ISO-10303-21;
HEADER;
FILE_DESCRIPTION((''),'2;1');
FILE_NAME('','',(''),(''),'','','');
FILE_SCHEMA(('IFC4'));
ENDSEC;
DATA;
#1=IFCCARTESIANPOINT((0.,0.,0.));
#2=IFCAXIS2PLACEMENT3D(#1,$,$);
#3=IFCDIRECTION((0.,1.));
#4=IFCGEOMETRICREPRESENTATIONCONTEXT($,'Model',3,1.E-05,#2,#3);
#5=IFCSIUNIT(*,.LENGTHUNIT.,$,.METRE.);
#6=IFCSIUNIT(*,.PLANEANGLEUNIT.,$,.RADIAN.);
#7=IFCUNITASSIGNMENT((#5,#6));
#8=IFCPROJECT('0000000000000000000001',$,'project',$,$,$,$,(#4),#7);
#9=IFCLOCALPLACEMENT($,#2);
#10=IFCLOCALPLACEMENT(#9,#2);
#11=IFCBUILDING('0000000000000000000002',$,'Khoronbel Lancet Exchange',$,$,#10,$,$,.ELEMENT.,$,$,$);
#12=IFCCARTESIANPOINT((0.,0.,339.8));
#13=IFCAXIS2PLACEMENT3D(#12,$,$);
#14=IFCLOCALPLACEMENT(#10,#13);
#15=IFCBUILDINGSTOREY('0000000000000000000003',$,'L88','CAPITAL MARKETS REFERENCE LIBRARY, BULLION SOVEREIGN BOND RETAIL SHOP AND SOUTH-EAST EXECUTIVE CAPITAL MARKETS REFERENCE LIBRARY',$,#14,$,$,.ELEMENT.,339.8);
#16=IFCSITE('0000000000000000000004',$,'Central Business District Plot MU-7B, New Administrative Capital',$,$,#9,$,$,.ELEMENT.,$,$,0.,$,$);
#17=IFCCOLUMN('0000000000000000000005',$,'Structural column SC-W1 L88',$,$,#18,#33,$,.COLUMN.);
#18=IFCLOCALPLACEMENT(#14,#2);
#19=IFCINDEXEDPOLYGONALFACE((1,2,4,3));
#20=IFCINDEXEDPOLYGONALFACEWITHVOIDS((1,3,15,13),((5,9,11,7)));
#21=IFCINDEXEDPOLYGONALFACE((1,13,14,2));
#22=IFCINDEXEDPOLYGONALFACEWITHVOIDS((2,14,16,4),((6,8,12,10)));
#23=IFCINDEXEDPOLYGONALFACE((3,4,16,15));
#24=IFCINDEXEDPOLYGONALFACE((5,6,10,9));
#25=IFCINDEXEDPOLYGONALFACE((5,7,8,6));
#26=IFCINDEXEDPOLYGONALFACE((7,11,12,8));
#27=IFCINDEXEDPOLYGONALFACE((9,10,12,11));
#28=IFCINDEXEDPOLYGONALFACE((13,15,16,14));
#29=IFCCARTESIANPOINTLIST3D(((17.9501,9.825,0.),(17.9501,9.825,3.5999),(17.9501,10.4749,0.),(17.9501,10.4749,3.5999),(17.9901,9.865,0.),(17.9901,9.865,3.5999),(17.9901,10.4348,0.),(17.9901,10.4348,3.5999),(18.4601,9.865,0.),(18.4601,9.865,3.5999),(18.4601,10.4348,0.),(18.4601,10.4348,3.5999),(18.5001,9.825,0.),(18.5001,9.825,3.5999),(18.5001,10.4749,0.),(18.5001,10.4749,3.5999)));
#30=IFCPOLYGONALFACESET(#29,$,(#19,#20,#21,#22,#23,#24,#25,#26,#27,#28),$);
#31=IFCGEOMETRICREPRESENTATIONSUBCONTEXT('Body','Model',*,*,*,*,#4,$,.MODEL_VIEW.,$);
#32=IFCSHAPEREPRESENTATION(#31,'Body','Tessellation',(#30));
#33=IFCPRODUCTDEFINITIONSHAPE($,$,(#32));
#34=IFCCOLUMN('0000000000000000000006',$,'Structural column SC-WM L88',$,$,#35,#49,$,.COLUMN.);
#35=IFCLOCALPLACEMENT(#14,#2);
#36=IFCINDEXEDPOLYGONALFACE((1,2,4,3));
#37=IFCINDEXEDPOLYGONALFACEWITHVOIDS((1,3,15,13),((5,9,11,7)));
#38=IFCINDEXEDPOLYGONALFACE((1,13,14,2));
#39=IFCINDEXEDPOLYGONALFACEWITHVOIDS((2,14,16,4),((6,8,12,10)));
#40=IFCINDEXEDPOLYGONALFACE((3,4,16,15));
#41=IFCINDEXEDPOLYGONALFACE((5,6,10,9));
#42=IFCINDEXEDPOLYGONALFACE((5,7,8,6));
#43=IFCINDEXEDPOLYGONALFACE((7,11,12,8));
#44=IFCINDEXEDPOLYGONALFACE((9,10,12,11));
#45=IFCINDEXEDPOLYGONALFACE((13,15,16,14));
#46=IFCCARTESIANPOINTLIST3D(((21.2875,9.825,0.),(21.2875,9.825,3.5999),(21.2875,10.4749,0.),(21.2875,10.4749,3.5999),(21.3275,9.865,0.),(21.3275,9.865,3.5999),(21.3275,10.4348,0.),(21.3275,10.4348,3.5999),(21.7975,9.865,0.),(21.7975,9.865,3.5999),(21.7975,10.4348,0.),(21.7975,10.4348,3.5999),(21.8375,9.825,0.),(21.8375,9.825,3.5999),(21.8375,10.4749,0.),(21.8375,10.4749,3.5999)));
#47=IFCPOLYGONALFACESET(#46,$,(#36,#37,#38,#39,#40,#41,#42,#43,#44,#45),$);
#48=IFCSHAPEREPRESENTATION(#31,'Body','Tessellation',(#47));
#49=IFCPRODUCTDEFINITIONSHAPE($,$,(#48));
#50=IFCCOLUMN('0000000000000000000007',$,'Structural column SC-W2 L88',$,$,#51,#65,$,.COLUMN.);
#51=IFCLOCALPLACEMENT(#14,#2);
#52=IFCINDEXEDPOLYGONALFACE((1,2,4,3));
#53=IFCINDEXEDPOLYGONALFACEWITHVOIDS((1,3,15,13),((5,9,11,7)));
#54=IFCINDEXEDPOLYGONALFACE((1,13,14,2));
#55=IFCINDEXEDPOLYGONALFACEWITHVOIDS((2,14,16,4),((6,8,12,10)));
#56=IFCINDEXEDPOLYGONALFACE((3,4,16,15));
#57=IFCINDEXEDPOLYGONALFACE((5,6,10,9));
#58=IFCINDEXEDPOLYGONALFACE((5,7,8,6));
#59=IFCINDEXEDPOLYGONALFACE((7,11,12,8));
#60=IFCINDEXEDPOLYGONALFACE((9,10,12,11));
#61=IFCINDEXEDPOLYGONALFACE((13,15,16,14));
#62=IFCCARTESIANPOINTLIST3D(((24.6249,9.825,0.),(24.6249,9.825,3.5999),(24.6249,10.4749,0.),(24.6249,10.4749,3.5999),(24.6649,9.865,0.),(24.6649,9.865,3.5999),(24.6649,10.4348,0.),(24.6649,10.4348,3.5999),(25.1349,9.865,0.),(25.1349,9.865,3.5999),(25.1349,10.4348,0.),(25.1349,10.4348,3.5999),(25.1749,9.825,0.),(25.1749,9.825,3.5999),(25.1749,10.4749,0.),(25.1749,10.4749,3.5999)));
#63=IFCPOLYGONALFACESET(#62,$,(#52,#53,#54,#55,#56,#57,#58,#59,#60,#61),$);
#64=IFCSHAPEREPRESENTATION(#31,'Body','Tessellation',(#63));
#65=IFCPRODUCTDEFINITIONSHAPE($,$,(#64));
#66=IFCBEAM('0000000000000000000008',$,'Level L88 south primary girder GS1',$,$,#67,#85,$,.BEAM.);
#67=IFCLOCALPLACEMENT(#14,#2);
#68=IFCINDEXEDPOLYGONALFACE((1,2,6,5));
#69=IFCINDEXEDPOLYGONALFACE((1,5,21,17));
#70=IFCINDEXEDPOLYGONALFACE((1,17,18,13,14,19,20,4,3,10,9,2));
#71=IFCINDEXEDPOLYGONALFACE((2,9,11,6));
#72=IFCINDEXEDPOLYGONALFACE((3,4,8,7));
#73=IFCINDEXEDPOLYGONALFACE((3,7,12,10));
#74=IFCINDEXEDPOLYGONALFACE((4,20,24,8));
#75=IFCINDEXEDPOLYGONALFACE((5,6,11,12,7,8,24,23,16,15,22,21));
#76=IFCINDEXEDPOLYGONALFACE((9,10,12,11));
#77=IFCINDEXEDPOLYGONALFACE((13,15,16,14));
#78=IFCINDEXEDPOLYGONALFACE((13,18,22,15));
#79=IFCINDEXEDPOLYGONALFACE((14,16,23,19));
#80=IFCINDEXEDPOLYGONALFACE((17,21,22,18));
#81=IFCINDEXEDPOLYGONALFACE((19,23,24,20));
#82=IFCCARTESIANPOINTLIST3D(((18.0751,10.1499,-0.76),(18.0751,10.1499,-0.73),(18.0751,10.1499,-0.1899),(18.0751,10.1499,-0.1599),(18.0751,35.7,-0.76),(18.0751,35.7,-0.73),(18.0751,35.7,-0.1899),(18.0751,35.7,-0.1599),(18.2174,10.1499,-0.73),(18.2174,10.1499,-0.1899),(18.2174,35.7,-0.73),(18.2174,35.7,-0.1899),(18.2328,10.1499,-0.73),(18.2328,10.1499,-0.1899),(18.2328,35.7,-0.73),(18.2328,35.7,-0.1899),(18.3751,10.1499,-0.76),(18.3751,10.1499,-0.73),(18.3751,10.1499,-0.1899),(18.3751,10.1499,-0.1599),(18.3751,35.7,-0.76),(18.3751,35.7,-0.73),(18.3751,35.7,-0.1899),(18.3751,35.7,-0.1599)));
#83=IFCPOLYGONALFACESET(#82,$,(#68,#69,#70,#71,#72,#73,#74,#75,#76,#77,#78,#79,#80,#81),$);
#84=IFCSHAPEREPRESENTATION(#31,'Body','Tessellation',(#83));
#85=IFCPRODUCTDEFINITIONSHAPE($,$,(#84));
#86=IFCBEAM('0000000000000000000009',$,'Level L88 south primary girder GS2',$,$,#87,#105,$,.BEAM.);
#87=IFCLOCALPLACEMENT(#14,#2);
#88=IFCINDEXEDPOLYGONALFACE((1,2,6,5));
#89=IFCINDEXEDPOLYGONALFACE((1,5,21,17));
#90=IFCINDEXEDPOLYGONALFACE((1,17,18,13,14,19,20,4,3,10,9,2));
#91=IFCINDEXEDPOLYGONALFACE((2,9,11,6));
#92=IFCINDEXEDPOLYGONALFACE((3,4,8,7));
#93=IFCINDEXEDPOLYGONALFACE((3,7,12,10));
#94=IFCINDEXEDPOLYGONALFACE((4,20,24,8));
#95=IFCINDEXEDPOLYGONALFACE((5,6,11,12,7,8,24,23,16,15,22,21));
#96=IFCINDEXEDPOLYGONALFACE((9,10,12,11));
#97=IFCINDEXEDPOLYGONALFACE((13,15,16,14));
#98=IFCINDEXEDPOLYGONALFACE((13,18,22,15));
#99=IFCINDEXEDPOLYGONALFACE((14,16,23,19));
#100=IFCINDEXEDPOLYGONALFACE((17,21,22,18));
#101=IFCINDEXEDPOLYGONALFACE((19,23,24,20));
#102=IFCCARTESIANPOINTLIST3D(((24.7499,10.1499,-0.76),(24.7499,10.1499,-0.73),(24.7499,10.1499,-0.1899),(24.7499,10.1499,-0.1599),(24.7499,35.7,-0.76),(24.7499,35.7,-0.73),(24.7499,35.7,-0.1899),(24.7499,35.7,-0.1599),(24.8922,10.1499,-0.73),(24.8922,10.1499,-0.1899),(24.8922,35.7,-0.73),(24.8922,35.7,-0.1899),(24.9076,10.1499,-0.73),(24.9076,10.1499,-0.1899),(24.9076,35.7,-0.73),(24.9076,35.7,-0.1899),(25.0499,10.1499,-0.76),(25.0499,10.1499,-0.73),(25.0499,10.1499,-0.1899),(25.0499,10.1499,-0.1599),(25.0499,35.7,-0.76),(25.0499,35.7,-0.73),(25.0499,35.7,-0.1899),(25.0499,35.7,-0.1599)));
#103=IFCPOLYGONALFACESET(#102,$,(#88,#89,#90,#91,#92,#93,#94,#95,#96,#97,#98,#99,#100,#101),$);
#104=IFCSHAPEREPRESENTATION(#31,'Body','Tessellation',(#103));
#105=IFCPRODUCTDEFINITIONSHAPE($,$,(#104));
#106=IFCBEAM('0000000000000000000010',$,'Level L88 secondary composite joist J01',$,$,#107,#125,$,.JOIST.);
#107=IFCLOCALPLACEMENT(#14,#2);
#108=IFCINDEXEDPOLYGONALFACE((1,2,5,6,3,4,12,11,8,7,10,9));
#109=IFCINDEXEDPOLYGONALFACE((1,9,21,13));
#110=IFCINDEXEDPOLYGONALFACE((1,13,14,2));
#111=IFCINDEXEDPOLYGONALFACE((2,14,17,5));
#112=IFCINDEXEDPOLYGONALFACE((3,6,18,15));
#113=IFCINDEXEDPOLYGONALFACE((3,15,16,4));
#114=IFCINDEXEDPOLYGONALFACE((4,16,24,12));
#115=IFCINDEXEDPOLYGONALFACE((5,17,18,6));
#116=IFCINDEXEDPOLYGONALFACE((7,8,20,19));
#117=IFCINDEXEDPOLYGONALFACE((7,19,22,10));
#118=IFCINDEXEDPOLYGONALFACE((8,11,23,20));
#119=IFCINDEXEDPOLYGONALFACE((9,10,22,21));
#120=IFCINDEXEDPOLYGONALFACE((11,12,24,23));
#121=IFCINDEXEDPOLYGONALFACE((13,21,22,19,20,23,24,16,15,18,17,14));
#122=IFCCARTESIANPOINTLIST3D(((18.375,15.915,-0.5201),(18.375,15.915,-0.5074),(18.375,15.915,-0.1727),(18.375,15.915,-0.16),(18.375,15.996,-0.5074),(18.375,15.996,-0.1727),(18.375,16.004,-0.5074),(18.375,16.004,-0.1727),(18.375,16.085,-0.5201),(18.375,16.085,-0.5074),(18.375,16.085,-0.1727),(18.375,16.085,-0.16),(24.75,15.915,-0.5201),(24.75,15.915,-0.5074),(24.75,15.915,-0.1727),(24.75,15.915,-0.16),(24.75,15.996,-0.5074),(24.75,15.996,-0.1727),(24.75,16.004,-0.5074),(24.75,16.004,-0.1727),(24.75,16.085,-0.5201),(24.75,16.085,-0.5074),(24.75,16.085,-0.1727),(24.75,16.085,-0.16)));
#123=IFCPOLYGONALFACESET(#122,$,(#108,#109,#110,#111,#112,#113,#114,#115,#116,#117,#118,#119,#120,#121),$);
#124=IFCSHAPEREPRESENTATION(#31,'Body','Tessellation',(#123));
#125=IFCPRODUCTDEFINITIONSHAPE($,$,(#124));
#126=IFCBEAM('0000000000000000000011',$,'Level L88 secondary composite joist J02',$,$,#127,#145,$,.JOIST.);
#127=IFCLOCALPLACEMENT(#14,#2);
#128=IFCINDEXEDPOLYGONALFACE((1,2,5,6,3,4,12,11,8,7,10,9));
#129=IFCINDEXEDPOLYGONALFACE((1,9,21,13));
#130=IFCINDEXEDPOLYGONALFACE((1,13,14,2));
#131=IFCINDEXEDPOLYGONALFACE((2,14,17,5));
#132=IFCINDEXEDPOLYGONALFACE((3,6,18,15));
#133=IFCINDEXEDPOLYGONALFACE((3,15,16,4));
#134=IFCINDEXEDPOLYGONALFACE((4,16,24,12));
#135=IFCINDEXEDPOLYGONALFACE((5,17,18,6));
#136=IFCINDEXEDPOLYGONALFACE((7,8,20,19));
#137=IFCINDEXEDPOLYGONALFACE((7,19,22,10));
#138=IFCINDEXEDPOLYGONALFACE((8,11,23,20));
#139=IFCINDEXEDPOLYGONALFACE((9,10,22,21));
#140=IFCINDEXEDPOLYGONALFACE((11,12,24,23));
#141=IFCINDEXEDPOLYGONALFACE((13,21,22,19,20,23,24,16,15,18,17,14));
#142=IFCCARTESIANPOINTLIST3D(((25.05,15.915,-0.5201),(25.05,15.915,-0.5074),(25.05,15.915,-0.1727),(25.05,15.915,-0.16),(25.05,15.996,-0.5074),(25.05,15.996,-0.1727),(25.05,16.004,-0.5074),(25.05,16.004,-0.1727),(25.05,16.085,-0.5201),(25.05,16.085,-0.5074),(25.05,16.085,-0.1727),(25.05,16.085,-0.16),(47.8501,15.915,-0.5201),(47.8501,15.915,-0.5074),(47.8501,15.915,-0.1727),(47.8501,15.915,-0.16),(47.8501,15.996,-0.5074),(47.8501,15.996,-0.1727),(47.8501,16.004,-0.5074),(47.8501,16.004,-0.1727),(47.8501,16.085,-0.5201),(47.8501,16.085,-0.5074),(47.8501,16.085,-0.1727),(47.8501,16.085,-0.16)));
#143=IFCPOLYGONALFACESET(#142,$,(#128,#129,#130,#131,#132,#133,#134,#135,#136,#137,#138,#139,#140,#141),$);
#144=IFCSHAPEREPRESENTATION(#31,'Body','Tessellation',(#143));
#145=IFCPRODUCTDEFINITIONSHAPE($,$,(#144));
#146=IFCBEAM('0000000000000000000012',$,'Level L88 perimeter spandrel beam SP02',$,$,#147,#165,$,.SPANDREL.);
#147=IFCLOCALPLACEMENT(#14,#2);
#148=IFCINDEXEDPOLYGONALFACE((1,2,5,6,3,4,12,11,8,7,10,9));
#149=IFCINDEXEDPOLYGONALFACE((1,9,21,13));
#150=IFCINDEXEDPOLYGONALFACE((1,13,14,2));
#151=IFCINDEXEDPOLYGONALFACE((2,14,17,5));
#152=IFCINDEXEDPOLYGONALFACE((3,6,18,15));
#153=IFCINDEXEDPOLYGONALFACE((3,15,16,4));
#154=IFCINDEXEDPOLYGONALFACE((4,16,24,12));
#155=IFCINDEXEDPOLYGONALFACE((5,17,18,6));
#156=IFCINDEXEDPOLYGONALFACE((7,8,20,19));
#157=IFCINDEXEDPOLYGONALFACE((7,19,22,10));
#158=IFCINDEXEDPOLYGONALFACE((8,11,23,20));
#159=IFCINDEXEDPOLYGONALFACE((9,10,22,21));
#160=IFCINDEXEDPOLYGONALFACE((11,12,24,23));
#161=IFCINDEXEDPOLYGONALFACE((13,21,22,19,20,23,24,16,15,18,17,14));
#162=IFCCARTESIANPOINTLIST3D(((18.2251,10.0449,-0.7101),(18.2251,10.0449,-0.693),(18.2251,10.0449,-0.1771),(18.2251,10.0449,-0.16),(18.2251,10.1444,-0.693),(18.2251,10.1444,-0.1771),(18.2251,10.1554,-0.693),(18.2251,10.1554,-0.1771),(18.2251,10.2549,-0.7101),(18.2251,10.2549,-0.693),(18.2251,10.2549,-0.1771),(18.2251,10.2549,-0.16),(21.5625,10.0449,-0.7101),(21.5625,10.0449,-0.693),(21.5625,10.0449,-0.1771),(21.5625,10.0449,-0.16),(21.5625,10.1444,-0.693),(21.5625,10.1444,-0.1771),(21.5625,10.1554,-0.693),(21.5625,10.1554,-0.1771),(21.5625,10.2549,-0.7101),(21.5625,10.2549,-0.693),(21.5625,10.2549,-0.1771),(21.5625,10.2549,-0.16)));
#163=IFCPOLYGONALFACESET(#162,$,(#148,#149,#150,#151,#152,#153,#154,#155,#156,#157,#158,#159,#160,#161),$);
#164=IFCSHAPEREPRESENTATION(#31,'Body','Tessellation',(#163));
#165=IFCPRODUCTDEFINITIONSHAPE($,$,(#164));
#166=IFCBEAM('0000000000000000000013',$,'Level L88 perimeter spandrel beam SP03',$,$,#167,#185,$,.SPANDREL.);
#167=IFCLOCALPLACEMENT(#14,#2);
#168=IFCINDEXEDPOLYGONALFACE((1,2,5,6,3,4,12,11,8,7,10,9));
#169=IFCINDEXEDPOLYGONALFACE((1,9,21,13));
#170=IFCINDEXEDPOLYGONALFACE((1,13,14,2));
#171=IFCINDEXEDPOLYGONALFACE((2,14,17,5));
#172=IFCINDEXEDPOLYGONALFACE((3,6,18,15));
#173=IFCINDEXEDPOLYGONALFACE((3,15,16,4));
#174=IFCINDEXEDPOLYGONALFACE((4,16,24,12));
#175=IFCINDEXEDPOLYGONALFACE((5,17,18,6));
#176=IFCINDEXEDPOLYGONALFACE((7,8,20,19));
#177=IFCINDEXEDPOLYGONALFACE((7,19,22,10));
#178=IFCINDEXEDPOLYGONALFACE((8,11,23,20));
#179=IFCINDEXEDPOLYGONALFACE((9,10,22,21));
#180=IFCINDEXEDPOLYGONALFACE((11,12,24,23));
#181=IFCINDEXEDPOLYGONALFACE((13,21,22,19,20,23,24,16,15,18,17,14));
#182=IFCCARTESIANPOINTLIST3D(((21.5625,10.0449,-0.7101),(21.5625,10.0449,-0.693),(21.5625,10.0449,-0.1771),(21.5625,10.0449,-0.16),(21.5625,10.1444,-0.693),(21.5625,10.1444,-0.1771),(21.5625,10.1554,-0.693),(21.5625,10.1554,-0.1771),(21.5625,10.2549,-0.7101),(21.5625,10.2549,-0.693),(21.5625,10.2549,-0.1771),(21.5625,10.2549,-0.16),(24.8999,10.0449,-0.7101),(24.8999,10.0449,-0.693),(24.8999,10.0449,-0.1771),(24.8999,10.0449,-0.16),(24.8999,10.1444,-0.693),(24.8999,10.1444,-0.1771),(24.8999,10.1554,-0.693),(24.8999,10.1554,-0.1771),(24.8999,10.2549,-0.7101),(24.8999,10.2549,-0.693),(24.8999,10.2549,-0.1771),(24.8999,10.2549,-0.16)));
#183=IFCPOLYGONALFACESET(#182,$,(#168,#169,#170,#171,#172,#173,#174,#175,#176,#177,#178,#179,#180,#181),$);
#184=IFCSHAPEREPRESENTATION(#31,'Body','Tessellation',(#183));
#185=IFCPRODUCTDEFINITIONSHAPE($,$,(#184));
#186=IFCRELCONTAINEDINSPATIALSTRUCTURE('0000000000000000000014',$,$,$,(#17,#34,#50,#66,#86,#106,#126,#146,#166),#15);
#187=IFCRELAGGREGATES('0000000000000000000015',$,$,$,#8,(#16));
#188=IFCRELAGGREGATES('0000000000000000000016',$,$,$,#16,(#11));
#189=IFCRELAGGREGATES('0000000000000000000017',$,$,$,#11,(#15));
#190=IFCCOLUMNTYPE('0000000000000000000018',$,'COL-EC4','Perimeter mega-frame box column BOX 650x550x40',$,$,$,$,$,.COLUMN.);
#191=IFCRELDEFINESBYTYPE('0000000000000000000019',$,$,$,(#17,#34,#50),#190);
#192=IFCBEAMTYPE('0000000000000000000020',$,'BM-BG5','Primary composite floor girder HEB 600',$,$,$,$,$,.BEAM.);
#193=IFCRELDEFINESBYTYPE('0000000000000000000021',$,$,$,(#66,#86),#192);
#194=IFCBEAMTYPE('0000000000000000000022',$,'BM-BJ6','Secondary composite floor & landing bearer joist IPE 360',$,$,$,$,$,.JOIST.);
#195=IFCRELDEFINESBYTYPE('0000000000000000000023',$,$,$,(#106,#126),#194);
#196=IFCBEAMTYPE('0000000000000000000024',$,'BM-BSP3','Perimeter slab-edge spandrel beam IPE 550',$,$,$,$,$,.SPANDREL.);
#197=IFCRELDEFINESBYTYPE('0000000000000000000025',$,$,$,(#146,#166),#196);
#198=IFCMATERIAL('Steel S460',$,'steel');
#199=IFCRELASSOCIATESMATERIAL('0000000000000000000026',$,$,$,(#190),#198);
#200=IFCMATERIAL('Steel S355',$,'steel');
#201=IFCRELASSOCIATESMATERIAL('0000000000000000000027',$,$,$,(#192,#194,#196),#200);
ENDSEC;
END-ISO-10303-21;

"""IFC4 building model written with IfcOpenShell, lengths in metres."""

from ifc_helpers import new_model, si_unit, direction, frame, origin, origin_2d, place, context, subcontext, project, spatial, hollow_rectangle, i_section, extrude, material, material_profile, profile_set, type_object, element, save


model = new_model("IFC4")

# Units and contexts
model_context = context("Model", 3, precision=1e-05, world=origin(), true_north=direction((0.0, 1.0)))
body_context = subcontext(model_context, "Body", "Model", "MODEL_VIEW")
ifc_project = project(units=[si_unit("LENGTHUNIT", "METRE"), si_unit("PLANEANGLEUNIT", "RADIAN")], contexts=[model_context])

# Site, building, storey
site_placement = place(None, origin())
site = spatial("IfcSite", under=ifc_project, at=site_placement, Name="Central Business District Plot MU-7B, New Administrative Capital", CompositionType="ELEMENT", RefElevation=0.0)
building_placement = place(site_placement, origin())
building = spatial("IfcBuilding", under=site, at=building_placement, Name="Khoronbel Lancet Exchange", CompositionType="ELEMENT")
storey_placement = place(building_placement, frame((0.0, 0.0, 339.8)))
storey = spatial("IfcBuildingStorey", under=building, at=storey_placement, Name="L88", Description="CAPITAL MARKETS REFERENCE LIBRARY, BULLION SOVEREIGN BOND RETAIL SHOP AND SOUTH-EAST EXECUTIVE CAPITAL MARKETS REFERENCE LIBRARY", CompositionType="ELEMENT", Elevation=339.8)

# Columns
ifc_material_1 = material(Name="Steel S460", Category="steel")
ifc_material_profile_1 = material_profile(ifc_material_1, hollow_rectangle(XDim=0.55, YDim=0.6499, WallThickness=0.04, at=origin_2d()), Name="BOX 650x550x40")
ifc_profile_set_1 = profile_set([ifc_material_profile_1], Name="Steel S460")
column_type = type_object("IfcColumnType", Name="COL-EC4", Description="Perimeter mega-frame box column BOX 650x550x40", PredefinedType="COLUMN", material=ifc_profile_set_1)
for number, where, z_axis, x_axis, name in (
    (1, (18.2251, 10.1499, 0.0), (0.0, 0.0, 1.0), (1.0, 0.0, 0.0), "Structural column SC-W1 L88"),
    (2, (21.5625, 10.1499, 0.0), (0.0, 0.0, 1.0), (1.0, 0.0, 0.0), "Structural column SC-WM L88"),
    (3, (24.8999, 10.1499, 0.0), (0.0, 0.0, 1.0), (1.0, 0.0, 0.0), "Structural column SC-W2 L88"),
):
    element("IfcColumn", number, at=place(storey_placement, frame(where, z_axis=z_axis, x_axis=x_axis)), inside=storey, type_object=column_type, Name=name, PredefinedType="COLUMN", context=body_context, shape_type="SweptSolid", body=[
        extrude(hollow_rectangle(XDim=0.55, YDim=0.6499, WallThickness=0.04, at=origin_2d()), origin(), (0.0, 0.0, 1.0), 3.5999),
    ])

# Beams
ifc_material_2 = material(Name="Steel S355", Category="steel")
ifc_material_profile_2 = material_profile(ifc_material_2, i_section(OverallWidth=0.3, OverallDepth=0.6001, WebThickness=0.0154, FlangeThickness=0.03, at=origin_2d()), Name="HEB 600")
ifc_profile_set_2 = profile_set([ifc_material_profile_2], Name="Steel S355")
beam_type_1 = type_object("IfcBeamType", Name="BM-BG5", Description="Primary composite floor girder HEB 600", PredefinedType="BEAM", material=ifc_profile_set_2)
for number, where, z_axis, x_axis, name in (
    (4, (18.2251, 10.1499, -0.46), (0.0, 1.0, 0.0), (-1.0, 0.0, 0.0), "Level L88 south primary girder GS1"),
    (5, (24.8999, 10.1499, -0.46), (0.0, 1.0, 0.0), (-1.0, 0.0, 0.0), "Level L88 south primary girder GS2"),
):
    element("IfcBeam", number, at=place(storey_placement, frame(where, z_axis=z_axis, x_axis=x_axis)), inside=storey, type_object=beam_type_1, Name=name, PredefinedType="BEAM", context=body_context, shape_type="SweptSolid", body=[
        extrude(i_section(OverallWidth=0.3, OverallDepth=0.6001, WebThickness=0.0154, FlangeThickness=0.03, at=origin_2d()), origin(), (0.0, 0.0, 1.0), 25.55),
    ])
ifc_material_profile_3 = material_profile(ifc_material_2, i_section(OverallWidth=0.1699, OverallDepth=0.3601, WebThickness=0.0081, FlangeThickness=0.0127, at=origin_2d()), Name="IPE 360")
ifc_profile_set_3 = profile_set([ifc_material_profile_3], Name="Steel S355")
beam_type_2 = type_object("IfcBeamType", Name="BM-BJ6", Description="Secondary composite floor & landing bearer joist IPE 360", PredefinedType="JOIST", material=ifc_profile_set_3)
beam_1_placement = place(storey_placement, frame((18.375, 16.0, -0.3401), z_axis=(1.0, 0.0, 0.0), x_axis=(0.0, 1.0, 0.0)))
element("IfcBeam", 6, at=beam_1_placement, inside=storey, type_object=beam_type_2, Name="Level L88 secondary composite joist J01", PredefinedType="JOIST", context=body_context, shape_type="SweptSolid", body=[
    extrude(i_section(OverallWidth=0.1699, OverallDepth=0.3601, WebThickness=0.0081, FlangeThickness=0.0127, at=origin_2d()), origin(), (0.0, 0.0, 1.0), 6.375),
])
beam_2_placement = place(storey_placement, frame((25.05, 16.0, -0.3401), z_axis=(1.0, 0.0, 0.0), x_axis=(0.0, 1.0, 0.0)))
element("IfcBeam", 7, at=beam_2_placement, inside=storey, type_object=beam_type_2, Name="Level L88 secondary composite joist J02", PredefinedType="JOIST", context=body_context, shape_type="SweptSolid", body=[
    extrude(i_section(OverallWidth=0.1699, OverallDepth=0.3601, WebThickness=0.0081, FlangeThickness=0.0127, at=origin_2d()), origin(), (0.0, 0.0, 1.0), 22.8),
])
ifc_material_profile_4 = material_profile(ifc_material_2, i_section(OverallWidth=0.21, OverallDepth=0.55, WebThickness=0.011, FlangeThickness=0.0171, at=origin_2d()), Name="IPE 550")
ifc_profile_set_4 = profile_set([ifc_material_profile_4], Name="Steel S355")
beam_type_3 = type_object("IfcBeamType", Name="BM-BSP3", Description="Perimeter slab-edge spandrel beam IPE 550", PredefinedType="SPANDREL", material=ifc_profile_set_4)
for number, where, z_axis, x_axis, name in (
    (8, (18.2251, 10.1499, -0.4351), (1.0, 0.0, 0.0), (0.0, 1.0, 0.0), "Level L88 perimeter spandrel beam SP02"),
    (9, (21.5625, 10.1499, -0.4351), (1.0, 0.0, 0.0), (0.0, 1.0, 0.0), "Level L88 perimeter spandrel beam SP03"),
):
    element("IfcBeam", number, at=place(storey_placement, frame(where, z_axis=z_axis, x_axis=x_axis)), inside=storey, type_object=beam_type_3, Name=name, PredefinedType="SPANDREL", context=body_context, shape_type="SweptSolid", body=[
        extrude(i_section(OverallWidth=0.21, OverallDepth=0.55, WebThickness=0.011, FlangeThickness=0.0171, at=origin_2d()), origin(), (0.0, 0.0, 1.0), 3.3374),
    ])

save(model, "model.ifc")
